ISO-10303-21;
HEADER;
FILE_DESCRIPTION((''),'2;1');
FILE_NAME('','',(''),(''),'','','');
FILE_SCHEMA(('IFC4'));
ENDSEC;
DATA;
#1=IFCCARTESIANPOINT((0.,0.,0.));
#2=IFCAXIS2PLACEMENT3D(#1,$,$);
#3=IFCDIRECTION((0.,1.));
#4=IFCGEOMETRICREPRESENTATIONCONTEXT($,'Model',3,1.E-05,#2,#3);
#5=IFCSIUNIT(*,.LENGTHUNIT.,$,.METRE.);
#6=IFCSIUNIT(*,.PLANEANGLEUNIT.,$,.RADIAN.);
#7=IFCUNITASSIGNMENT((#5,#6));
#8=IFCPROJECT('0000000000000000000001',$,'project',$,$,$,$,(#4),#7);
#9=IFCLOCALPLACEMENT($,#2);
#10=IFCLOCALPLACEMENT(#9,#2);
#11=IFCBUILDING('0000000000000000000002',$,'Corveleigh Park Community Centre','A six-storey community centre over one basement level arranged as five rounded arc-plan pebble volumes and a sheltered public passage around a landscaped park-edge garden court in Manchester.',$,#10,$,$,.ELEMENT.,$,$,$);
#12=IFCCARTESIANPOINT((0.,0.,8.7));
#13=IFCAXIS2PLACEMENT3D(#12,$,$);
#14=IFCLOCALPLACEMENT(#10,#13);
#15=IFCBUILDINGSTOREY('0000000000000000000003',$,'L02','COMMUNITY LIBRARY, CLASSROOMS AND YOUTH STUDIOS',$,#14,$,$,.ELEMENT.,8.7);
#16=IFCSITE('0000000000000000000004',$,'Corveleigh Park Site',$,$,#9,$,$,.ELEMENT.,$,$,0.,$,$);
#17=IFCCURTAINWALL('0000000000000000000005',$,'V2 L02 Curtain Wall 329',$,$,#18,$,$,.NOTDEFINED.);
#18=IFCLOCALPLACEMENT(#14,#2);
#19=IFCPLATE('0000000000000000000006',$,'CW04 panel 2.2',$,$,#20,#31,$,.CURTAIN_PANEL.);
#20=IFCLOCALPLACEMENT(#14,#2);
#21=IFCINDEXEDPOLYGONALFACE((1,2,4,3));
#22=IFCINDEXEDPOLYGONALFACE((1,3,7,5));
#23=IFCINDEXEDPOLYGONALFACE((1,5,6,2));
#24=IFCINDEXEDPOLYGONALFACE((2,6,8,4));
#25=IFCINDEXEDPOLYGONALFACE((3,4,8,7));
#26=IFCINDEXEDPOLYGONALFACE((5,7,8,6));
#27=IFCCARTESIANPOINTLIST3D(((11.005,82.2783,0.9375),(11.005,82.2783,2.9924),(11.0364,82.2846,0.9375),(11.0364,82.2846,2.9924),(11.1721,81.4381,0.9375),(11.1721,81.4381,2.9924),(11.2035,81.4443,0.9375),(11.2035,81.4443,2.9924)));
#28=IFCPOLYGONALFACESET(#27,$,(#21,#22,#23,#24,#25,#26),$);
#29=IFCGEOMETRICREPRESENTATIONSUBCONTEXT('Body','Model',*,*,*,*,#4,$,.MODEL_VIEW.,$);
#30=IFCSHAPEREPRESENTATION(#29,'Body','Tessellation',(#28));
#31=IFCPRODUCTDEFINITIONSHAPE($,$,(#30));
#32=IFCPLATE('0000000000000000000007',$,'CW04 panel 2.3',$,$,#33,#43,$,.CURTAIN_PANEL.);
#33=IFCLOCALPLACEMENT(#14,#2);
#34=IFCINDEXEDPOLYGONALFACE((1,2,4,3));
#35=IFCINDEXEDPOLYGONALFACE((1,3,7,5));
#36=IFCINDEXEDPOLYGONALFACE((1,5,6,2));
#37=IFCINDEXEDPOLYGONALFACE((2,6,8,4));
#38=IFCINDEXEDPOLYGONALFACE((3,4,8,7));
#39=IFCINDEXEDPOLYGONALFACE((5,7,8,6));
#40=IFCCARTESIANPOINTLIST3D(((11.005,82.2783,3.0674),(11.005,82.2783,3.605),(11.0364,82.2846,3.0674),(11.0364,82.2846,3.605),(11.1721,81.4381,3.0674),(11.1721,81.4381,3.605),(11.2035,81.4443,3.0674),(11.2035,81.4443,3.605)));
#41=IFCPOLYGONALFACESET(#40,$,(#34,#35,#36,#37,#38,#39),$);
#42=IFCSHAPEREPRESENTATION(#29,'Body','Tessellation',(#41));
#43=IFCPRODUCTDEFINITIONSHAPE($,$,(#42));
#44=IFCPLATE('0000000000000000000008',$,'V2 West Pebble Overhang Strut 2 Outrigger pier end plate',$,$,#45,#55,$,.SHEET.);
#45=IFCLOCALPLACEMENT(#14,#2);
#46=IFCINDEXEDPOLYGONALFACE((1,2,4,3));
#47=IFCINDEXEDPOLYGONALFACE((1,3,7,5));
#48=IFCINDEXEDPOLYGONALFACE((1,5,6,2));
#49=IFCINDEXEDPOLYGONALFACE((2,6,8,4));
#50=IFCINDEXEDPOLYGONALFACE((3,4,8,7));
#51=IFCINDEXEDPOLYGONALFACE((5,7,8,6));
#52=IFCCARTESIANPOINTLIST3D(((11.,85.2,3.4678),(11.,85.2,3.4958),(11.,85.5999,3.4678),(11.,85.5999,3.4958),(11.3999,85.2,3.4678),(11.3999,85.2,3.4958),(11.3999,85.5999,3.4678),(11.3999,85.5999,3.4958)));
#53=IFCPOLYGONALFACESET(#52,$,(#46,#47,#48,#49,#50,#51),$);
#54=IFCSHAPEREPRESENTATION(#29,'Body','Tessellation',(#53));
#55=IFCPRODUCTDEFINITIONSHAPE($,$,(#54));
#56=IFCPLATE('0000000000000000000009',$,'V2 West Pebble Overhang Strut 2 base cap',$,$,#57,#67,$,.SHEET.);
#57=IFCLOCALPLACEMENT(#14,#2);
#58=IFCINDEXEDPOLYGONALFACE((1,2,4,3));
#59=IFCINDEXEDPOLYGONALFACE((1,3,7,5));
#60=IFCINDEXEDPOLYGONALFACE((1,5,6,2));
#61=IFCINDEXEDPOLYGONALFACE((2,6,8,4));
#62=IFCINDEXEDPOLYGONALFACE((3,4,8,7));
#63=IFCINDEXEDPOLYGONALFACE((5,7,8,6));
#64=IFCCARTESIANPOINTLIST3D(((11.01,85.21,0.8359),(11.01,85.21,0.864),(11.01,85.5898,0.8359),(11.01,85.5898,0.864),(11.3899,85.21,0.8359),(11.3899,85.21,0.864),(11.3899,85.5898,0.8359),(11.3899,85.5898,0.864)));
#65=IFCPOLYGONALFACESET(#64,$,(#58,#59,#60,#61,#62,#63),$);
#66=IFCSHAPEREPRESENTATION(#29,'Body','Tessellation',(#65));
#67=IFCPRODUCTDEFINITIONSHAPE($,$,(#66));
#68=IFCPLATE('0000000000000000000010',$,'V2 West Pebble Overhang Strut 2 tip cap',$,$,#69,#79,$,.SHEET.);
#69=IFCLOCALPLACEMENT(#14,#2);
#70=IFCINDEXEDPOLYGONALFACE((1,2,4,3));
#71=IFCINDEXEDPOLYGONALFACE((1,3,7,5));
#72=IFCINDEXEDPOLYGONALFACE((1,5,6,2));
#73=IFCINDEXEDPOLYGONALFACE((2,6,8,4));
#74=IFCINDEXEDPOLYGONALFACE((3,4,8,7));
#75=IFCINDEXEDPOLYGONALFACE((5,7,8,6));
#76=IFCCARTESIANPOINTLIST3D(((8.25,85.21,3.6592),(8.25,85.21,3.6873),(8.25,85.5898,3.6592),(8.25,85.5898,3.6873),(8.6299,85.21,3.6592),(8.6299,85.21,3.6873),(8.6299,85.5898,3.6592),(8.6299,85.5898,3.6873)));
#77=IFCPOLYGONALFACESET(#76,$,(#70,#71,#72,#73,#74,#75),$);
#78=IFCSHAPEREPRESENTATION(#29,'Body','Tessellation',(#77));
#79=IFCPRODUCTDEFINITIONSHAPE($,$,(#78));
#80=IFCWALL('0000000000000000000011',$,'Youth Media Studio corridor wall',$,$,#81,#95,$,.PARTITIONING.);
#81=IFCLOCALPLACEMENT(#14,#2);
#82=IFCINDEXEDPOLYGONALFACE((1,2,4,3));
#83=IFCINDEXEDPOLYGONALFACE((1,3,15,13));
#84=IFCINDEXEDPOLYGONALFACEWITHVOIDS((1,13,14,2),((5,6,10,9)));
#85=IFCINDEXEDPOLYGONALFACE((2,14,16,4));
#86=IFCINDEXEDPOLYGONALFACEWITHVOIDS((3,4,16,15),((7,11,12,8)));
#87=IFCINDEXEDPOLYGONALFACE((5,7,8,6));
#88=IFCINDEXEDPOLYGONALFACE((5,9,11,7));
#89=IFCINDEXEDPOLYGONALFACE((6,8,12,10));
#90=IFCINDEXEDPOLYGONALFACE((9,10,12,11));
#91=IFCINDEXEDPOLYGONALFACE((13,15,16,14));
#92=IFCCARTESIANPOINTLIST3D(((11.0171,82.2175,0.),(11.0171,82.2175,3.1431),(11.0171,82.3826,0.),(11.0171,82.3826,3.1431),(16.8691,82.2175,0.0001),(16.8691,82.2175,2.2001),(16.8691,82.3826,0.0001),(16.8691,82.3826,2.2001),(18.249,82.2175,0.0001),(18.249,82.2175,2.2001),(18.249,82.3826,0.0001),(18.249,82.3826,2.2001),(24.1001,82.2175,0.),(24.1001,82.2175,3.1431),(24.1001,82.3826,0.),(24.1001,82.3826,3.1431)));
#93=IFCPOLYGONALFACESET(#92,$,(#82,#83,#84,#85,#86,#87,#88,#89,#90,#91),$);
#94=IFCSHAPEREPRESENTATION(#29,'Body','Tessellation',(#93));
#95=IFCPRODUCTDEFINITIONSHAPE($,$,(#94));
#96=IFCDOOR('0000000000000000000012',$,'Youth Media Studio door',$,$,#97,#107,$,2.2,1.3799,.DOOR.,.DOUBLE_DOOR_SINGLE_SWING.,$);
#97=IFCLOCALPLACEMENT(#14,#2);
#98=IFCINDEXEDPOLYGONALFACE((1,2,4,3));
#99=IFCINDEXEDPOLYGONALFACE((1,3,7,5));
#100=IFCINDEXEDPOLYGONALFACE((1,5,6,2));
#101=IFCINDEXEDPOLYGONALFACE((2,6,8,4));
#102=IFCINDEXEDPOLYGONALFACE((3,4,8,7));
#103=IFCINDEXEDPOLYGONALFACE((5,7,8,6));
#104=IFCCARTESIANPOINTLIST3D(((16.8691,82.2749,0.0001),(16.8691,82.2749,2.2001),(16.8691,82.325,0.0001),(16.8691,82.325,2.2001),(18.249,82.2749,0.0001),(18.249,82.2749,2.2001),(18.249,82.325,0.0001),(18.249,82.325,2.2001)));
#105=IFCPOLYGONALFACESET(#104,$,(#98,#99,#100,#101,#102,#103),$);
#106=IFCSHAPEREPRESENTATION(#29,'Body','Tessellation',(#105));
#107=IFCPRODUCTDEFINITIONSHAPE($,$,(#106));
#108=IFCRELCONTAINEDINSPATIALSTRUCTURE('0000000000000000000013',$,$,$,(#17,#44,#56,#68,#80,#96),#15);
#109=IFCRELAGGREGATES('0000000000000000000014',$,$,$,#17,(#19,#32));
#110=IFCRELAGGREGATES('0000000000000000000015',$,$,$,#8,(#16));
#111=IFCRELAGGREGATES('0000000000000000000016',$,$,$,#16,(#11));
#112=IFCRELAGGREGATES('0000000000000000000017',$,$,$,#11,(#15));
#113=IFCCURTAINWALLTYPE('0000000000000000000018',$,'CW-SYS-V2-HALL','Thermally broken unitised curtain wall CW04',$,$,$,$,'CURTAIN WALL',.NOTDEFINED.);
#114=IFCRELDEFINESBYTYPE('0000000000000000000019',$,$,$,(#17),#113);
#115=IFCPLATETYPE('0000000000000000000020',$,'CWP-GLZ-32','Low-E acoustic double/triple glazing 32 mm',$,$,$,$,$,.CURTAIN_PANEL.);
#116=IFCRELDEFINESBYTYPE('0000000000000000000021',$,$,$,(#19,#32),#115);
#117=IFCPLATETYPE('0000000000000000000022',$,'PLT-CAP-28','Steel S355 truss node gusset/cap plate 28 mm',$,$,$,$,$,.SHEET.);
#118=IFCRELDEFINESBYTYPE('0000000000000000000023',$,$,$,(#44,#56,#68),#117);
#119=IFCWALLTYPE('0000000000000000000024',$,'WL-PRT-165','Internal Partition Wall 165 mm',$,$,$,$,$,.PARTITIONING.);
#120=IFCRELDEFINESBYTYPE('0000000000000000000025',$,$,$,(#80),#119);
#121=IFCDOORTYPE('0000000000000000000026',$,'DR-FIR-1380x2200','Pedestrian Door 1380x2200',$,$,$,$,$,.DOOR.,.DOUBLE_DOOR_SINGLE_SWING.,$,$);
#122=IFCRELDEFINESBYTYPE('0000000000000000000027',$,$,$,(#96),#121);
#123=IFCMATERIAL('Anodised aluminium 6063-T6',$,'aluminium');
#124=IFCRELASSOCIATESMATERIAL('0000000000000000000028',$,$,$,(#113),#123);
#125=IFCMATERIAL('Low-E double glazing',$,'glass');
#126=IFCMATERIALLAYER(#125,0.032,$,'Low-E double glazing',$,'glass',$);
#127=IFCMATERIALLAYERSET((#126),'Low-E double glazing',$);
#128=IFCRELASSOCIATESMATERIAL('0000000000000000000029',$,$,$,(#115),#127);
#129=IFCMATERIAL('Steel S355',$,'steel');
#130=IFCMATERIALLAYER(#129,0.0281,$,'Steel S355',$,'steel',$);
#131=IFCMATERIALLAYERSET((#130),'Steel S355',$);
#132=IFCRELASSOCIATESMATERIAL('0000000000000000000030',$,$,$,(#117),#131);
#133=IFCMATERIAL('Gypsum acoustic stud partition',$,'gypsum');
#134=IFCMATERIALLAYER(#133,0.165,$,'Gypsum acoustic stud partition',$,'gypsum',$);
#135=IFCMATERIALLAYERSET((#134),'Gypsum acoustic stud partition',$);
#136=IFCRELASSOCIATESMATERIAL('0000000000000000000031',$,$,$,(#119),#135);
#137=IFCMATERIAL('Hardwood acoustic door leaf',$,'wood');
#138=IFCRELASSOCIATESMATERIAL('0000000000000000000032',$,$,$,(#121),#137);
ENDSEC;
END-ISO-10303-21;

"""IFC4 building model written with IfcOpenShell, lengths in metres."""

from ifc_helpers import new_model, si_unit, direction, frame, frame_2d, origin, origin_2d, place, context, subcontext, project, spatial, rectangle, extrude, material, layer, layer_set, type_object, element, fill, aggregate, save


model = new_model("IFC4")

# Units and contexts
model_context = context("Model", 3, precision=1e-05, world=origin(), true_north=direction((0.0, 1.0)))
body_context = subcontext(model_context, "Body", "Model", "MODEL_VIEW")
ifc_project = project(units=[si_unit("LENGTHUNIT", "METRE"), si_unit("PLANEANGLEUNIT", "RADIAN")], contexts=[model_context])

# Site, building, storey
site_placement = place(None, origin())
site = spatial("IfcSite", under=ifc_project, at=site_placement, Name="Corveleigh Park Site", CompositionType="ELEMENT", RefElevation=0.0)
building_placement = place(site_placement, origin())
building = spatial("IfcBuilding", under=site, at=building_placement, Name="Corveleigh Park Community Centre", Description="A six-storey community centre over one basement level arranged as five rounded arc-plan pebble volumes and a sheltered public passage around a landscaped park-edge garden court in Manchester.", CompositionType="ELEMENT")
storey_placement = place(building_placement, frame((0.0, 0.0, 8.7)))
storey = spatial("IfcBuildingStorey", under=building, at=storey_placement, Name="L02", Description="COMMUNITY LIBRARY, CLASSROOMS AND YOUTH STUDIOS", CompositionType="ELEMENT", Elevation=8.7)

# Shared definitions
ifc_material_1 = material(Name="Steel S355", Category="steel")

# Curtain wall
ifc_material_2 = material(Name="Anodised aluminium 6063-T6", Category="aluminium")
curtain_wall_type = type_object("IfcCurtainWallType", Name="CW-SYS-V2-HALL", Description="Thermally broken unitised curtain wall CW04", ElementType="CURTAIN WALL", PredefinedType="NOTDEFINED", material=ifc_material_2)
curtain_wall_1_placement = place(storey_placement, origin())
curtain_wall_1 = element("IfcCurtainWall", 1, at=curtain_wall_1_placement, inside=storey, type_object=curtain_wall_type, Name="V2 L02 Curtain Wall 329", PredefinedType="NOTDEFINED")

# Plates
ifc_material_3 = material(Name="Low-E double glazing", Category="glass")
ifc_layer_1 = layer(ifc_material_3, 0.032, Name="Low-E double glazing", Category="glass")
ifc_layer_set_1 = layer_set([ifc_layer_1], Name="Low-E double glazing")
plate_type_1 = type_object("IfcPlateType", Name="CWP-GLZ-32", Description="Low-E acoustic double/triple glazing 32 mm", PredefinedType="CURTAIN_PANEL", material=ifc_layer_set_1)
plate_1_placement = place(storey_placement, frame((11.1042, 81.8613, 0.9375), z_axis=(0.0, 0.0, 1.0), x_axis=(-0.195033, 0.980797, 0.0)))
plate_1 = element("IfcPlate", 2, at=plate_1_placement, type_object=plate_type_1, Name="CW04 panel 2.2", PredefinedType="CURTAIN_PANEL", context=body_context, shape_type="SweptSolid", body=[
    extrude(rectangle(XDim=0.8567, YDim=0.032, at=origin_2d()), origin(), (0.0, 0.0, 1.0), 2.0549),
])
plate_2_placement = place(storey_placement, frame((11.1042, 81.8613, 3.0674), z_axis=(0.0, 0.0, 1.0), x_axis=(-0.195033, 0.980797, 0.0)))
plate_2 = element("IfcPlate", 3, at=plate_2_placement, type_object=plate_type_1, Name="CW04 panel 2.3", PredefinedType="CURTAIN_PANEL", context=body_context, shape_type="SweptSolid", body=[
    extrude(rectangle(XDim=0.8567, YDim=0.032, at=origin_2d()), origin(), (0.0, 0.0, 1.0), 0.5376),
])
aggregate(curtain_wall_1, [plate_1, plate_2])

# Plates
ifc_layer_2 = layer(ifc_material_1, 0.0281, Name="Steel S355", Category="steel")
ifc_layer_set_2 = layer_set([ifc_layer_2], Name="Steel S355")
plate_type_2 = type_object("IfcPlateType", Name="PLT-CAP-28", Description="Steel S355 truss node gusset/cap plate 28 mm", PredefinedType="SHEET", material=ifc_layer_set_2)
plate_3_placement = place(storey_placement, frame((11.2, 85.3999, 3.4678), z_axis=(0.0, 0.0, 1.0), x_axis=(1.0, 0.0, 0.0)))
element("IfcPlate", 4, at=plate_3_placement, inside=storey, type_object=plate_type_2, Name="V2 West Pebble Overhang Strut 2 Outrigger pier end plate", PredefinedType="SHEET", context=body_context, shape_type="SweptSolid", body=[
    extrude(rectangle(XDim=0.3999, YDim=0.3999, at=origin_2d()), origin(), (0.0, 0.0, 1.0), 0.0281),
])
for number, where, z_axis, x_axis, name in (
    (5, (11.2, 85.3999, 0.8359), (0.0, 0.0, 1.0), (1.0, 0.0, 0.0), "V2 West Pebble Overhang Strut 2 base cap"),
    (6, (8.4399, 85.3999, 3.6592), (0.0, 0.0, 1.0), (1.0, 0.0, 0.0), "V2 West Pebble Overhang Strut 2 tip cap"),
):
    element("IfcPlate", number, at=place(storey_placement, frame(where, z_axis=z_axis, x_axis=x_axis)), inside=storey, type_object=plate_type_2, Name=name, PredefinedType="SHEET", context=body_context, shape_type="SweptSolid", body=[
        extrude(rectangle(XDim=0.3799, YDim=0.3799, at=origin_2d()), origin(), (0.0, 0.0, 1.0), 0.0281),
    ])

# Wall, opening, door
ifc_material_4 = material(Name="Gypsum acoustic stud partition", Category="gypsum")
ifc_layer_3 = layer(ifc_material_4, 0.165, Name="Gypsum acoustic stud partition", Category="gypsum")
ifc_layer_set_3 = layer_set([ifc_layer_3], Name="Gypsum acoustic stud partition")
wall_type = type_object("IfcWallType", Name="WL-PRT-165", Description="Internal Partition Wall 165 mm", PredefinedType="PARTITIONING", material=ifc_layer_set_3)
wall_placement = place(storey_placement, frame((11.0171, 82.3, 0.0), z_axis=(0.0, 0.0, 1.0), x_axis=(1.0, 0.0, 0.0)))
wall = element("IfcWall", 7, at=wall_placement, inside=storey, type_object=wall_type, Name="Youth Media Studio corridor wall", PredefinedType="PARTITIONING", context=body_context, shape_type="SweptSolid", body=[
    extrude(rectangle(XDim=13.083, YDim=0.165, at=frame_2d((6.5415, 0.0))), origin(), (0.0, 0.0, 1.0), 3.1431),
])
opening_placement = place(wall_placement, frame((5.8521, 0.0, 0.0)))
opening = element("IfcOpeningElement", 8, at=opening_placement, cuts=wall, PredefinedType="OPENING", context=body_context, shape_type="SweptSolid", body=[
    extrude(rectangle(XDim=1.3799, YDim=2.2, at=frame_2d((0.6899, 1.1001))), frame((0.0, 0.0925, 0.0), z_axis=(0.0, -1.0, 0.0), x_axis=(1.0, 0.0, 0.0)), (0.0, 0.0, 1.0), 0.1851),
])
ifc_material_5 = material(Name="Hardwood acoustic door leaf", Category="wood")
door_type = type_object("IfcDoorType", Name="DR-FIR-1380x2200", Description="Pedestrian Door 1380x2200", OperationType="DOUBLE_DOOR_SINGLE_SWING", PredefinedType="DOOR", material=ifc_material_5)
door_placement = place(opening_placement, origin())
door = element("IfcDoor", 9, at=door_placement, inside=storey, type_object=door_type, Name="Youth Media Studio door", OperationType="DOUBLE_DOOR_SINGLE_SWING", OverallHeight=2.2, OverallWidth=1.3799, PredefinedType="DOOR", context=body_context, shape_type="SweptSolid", body=[
    extrude(rectangle(XDim=1.3799, YDim=2.2, at=frame_2d((0.6899, 1.1001))), frame((0.0, 0.0249, 0.0), z_axis=(0.0, -1.0, 0.0), x_axis=(1.0, 0.0, 0.0)), (0.0, 0.0, 1.0), 0.05),
])
fill(opening, door)

save(model, "model.ifc")
